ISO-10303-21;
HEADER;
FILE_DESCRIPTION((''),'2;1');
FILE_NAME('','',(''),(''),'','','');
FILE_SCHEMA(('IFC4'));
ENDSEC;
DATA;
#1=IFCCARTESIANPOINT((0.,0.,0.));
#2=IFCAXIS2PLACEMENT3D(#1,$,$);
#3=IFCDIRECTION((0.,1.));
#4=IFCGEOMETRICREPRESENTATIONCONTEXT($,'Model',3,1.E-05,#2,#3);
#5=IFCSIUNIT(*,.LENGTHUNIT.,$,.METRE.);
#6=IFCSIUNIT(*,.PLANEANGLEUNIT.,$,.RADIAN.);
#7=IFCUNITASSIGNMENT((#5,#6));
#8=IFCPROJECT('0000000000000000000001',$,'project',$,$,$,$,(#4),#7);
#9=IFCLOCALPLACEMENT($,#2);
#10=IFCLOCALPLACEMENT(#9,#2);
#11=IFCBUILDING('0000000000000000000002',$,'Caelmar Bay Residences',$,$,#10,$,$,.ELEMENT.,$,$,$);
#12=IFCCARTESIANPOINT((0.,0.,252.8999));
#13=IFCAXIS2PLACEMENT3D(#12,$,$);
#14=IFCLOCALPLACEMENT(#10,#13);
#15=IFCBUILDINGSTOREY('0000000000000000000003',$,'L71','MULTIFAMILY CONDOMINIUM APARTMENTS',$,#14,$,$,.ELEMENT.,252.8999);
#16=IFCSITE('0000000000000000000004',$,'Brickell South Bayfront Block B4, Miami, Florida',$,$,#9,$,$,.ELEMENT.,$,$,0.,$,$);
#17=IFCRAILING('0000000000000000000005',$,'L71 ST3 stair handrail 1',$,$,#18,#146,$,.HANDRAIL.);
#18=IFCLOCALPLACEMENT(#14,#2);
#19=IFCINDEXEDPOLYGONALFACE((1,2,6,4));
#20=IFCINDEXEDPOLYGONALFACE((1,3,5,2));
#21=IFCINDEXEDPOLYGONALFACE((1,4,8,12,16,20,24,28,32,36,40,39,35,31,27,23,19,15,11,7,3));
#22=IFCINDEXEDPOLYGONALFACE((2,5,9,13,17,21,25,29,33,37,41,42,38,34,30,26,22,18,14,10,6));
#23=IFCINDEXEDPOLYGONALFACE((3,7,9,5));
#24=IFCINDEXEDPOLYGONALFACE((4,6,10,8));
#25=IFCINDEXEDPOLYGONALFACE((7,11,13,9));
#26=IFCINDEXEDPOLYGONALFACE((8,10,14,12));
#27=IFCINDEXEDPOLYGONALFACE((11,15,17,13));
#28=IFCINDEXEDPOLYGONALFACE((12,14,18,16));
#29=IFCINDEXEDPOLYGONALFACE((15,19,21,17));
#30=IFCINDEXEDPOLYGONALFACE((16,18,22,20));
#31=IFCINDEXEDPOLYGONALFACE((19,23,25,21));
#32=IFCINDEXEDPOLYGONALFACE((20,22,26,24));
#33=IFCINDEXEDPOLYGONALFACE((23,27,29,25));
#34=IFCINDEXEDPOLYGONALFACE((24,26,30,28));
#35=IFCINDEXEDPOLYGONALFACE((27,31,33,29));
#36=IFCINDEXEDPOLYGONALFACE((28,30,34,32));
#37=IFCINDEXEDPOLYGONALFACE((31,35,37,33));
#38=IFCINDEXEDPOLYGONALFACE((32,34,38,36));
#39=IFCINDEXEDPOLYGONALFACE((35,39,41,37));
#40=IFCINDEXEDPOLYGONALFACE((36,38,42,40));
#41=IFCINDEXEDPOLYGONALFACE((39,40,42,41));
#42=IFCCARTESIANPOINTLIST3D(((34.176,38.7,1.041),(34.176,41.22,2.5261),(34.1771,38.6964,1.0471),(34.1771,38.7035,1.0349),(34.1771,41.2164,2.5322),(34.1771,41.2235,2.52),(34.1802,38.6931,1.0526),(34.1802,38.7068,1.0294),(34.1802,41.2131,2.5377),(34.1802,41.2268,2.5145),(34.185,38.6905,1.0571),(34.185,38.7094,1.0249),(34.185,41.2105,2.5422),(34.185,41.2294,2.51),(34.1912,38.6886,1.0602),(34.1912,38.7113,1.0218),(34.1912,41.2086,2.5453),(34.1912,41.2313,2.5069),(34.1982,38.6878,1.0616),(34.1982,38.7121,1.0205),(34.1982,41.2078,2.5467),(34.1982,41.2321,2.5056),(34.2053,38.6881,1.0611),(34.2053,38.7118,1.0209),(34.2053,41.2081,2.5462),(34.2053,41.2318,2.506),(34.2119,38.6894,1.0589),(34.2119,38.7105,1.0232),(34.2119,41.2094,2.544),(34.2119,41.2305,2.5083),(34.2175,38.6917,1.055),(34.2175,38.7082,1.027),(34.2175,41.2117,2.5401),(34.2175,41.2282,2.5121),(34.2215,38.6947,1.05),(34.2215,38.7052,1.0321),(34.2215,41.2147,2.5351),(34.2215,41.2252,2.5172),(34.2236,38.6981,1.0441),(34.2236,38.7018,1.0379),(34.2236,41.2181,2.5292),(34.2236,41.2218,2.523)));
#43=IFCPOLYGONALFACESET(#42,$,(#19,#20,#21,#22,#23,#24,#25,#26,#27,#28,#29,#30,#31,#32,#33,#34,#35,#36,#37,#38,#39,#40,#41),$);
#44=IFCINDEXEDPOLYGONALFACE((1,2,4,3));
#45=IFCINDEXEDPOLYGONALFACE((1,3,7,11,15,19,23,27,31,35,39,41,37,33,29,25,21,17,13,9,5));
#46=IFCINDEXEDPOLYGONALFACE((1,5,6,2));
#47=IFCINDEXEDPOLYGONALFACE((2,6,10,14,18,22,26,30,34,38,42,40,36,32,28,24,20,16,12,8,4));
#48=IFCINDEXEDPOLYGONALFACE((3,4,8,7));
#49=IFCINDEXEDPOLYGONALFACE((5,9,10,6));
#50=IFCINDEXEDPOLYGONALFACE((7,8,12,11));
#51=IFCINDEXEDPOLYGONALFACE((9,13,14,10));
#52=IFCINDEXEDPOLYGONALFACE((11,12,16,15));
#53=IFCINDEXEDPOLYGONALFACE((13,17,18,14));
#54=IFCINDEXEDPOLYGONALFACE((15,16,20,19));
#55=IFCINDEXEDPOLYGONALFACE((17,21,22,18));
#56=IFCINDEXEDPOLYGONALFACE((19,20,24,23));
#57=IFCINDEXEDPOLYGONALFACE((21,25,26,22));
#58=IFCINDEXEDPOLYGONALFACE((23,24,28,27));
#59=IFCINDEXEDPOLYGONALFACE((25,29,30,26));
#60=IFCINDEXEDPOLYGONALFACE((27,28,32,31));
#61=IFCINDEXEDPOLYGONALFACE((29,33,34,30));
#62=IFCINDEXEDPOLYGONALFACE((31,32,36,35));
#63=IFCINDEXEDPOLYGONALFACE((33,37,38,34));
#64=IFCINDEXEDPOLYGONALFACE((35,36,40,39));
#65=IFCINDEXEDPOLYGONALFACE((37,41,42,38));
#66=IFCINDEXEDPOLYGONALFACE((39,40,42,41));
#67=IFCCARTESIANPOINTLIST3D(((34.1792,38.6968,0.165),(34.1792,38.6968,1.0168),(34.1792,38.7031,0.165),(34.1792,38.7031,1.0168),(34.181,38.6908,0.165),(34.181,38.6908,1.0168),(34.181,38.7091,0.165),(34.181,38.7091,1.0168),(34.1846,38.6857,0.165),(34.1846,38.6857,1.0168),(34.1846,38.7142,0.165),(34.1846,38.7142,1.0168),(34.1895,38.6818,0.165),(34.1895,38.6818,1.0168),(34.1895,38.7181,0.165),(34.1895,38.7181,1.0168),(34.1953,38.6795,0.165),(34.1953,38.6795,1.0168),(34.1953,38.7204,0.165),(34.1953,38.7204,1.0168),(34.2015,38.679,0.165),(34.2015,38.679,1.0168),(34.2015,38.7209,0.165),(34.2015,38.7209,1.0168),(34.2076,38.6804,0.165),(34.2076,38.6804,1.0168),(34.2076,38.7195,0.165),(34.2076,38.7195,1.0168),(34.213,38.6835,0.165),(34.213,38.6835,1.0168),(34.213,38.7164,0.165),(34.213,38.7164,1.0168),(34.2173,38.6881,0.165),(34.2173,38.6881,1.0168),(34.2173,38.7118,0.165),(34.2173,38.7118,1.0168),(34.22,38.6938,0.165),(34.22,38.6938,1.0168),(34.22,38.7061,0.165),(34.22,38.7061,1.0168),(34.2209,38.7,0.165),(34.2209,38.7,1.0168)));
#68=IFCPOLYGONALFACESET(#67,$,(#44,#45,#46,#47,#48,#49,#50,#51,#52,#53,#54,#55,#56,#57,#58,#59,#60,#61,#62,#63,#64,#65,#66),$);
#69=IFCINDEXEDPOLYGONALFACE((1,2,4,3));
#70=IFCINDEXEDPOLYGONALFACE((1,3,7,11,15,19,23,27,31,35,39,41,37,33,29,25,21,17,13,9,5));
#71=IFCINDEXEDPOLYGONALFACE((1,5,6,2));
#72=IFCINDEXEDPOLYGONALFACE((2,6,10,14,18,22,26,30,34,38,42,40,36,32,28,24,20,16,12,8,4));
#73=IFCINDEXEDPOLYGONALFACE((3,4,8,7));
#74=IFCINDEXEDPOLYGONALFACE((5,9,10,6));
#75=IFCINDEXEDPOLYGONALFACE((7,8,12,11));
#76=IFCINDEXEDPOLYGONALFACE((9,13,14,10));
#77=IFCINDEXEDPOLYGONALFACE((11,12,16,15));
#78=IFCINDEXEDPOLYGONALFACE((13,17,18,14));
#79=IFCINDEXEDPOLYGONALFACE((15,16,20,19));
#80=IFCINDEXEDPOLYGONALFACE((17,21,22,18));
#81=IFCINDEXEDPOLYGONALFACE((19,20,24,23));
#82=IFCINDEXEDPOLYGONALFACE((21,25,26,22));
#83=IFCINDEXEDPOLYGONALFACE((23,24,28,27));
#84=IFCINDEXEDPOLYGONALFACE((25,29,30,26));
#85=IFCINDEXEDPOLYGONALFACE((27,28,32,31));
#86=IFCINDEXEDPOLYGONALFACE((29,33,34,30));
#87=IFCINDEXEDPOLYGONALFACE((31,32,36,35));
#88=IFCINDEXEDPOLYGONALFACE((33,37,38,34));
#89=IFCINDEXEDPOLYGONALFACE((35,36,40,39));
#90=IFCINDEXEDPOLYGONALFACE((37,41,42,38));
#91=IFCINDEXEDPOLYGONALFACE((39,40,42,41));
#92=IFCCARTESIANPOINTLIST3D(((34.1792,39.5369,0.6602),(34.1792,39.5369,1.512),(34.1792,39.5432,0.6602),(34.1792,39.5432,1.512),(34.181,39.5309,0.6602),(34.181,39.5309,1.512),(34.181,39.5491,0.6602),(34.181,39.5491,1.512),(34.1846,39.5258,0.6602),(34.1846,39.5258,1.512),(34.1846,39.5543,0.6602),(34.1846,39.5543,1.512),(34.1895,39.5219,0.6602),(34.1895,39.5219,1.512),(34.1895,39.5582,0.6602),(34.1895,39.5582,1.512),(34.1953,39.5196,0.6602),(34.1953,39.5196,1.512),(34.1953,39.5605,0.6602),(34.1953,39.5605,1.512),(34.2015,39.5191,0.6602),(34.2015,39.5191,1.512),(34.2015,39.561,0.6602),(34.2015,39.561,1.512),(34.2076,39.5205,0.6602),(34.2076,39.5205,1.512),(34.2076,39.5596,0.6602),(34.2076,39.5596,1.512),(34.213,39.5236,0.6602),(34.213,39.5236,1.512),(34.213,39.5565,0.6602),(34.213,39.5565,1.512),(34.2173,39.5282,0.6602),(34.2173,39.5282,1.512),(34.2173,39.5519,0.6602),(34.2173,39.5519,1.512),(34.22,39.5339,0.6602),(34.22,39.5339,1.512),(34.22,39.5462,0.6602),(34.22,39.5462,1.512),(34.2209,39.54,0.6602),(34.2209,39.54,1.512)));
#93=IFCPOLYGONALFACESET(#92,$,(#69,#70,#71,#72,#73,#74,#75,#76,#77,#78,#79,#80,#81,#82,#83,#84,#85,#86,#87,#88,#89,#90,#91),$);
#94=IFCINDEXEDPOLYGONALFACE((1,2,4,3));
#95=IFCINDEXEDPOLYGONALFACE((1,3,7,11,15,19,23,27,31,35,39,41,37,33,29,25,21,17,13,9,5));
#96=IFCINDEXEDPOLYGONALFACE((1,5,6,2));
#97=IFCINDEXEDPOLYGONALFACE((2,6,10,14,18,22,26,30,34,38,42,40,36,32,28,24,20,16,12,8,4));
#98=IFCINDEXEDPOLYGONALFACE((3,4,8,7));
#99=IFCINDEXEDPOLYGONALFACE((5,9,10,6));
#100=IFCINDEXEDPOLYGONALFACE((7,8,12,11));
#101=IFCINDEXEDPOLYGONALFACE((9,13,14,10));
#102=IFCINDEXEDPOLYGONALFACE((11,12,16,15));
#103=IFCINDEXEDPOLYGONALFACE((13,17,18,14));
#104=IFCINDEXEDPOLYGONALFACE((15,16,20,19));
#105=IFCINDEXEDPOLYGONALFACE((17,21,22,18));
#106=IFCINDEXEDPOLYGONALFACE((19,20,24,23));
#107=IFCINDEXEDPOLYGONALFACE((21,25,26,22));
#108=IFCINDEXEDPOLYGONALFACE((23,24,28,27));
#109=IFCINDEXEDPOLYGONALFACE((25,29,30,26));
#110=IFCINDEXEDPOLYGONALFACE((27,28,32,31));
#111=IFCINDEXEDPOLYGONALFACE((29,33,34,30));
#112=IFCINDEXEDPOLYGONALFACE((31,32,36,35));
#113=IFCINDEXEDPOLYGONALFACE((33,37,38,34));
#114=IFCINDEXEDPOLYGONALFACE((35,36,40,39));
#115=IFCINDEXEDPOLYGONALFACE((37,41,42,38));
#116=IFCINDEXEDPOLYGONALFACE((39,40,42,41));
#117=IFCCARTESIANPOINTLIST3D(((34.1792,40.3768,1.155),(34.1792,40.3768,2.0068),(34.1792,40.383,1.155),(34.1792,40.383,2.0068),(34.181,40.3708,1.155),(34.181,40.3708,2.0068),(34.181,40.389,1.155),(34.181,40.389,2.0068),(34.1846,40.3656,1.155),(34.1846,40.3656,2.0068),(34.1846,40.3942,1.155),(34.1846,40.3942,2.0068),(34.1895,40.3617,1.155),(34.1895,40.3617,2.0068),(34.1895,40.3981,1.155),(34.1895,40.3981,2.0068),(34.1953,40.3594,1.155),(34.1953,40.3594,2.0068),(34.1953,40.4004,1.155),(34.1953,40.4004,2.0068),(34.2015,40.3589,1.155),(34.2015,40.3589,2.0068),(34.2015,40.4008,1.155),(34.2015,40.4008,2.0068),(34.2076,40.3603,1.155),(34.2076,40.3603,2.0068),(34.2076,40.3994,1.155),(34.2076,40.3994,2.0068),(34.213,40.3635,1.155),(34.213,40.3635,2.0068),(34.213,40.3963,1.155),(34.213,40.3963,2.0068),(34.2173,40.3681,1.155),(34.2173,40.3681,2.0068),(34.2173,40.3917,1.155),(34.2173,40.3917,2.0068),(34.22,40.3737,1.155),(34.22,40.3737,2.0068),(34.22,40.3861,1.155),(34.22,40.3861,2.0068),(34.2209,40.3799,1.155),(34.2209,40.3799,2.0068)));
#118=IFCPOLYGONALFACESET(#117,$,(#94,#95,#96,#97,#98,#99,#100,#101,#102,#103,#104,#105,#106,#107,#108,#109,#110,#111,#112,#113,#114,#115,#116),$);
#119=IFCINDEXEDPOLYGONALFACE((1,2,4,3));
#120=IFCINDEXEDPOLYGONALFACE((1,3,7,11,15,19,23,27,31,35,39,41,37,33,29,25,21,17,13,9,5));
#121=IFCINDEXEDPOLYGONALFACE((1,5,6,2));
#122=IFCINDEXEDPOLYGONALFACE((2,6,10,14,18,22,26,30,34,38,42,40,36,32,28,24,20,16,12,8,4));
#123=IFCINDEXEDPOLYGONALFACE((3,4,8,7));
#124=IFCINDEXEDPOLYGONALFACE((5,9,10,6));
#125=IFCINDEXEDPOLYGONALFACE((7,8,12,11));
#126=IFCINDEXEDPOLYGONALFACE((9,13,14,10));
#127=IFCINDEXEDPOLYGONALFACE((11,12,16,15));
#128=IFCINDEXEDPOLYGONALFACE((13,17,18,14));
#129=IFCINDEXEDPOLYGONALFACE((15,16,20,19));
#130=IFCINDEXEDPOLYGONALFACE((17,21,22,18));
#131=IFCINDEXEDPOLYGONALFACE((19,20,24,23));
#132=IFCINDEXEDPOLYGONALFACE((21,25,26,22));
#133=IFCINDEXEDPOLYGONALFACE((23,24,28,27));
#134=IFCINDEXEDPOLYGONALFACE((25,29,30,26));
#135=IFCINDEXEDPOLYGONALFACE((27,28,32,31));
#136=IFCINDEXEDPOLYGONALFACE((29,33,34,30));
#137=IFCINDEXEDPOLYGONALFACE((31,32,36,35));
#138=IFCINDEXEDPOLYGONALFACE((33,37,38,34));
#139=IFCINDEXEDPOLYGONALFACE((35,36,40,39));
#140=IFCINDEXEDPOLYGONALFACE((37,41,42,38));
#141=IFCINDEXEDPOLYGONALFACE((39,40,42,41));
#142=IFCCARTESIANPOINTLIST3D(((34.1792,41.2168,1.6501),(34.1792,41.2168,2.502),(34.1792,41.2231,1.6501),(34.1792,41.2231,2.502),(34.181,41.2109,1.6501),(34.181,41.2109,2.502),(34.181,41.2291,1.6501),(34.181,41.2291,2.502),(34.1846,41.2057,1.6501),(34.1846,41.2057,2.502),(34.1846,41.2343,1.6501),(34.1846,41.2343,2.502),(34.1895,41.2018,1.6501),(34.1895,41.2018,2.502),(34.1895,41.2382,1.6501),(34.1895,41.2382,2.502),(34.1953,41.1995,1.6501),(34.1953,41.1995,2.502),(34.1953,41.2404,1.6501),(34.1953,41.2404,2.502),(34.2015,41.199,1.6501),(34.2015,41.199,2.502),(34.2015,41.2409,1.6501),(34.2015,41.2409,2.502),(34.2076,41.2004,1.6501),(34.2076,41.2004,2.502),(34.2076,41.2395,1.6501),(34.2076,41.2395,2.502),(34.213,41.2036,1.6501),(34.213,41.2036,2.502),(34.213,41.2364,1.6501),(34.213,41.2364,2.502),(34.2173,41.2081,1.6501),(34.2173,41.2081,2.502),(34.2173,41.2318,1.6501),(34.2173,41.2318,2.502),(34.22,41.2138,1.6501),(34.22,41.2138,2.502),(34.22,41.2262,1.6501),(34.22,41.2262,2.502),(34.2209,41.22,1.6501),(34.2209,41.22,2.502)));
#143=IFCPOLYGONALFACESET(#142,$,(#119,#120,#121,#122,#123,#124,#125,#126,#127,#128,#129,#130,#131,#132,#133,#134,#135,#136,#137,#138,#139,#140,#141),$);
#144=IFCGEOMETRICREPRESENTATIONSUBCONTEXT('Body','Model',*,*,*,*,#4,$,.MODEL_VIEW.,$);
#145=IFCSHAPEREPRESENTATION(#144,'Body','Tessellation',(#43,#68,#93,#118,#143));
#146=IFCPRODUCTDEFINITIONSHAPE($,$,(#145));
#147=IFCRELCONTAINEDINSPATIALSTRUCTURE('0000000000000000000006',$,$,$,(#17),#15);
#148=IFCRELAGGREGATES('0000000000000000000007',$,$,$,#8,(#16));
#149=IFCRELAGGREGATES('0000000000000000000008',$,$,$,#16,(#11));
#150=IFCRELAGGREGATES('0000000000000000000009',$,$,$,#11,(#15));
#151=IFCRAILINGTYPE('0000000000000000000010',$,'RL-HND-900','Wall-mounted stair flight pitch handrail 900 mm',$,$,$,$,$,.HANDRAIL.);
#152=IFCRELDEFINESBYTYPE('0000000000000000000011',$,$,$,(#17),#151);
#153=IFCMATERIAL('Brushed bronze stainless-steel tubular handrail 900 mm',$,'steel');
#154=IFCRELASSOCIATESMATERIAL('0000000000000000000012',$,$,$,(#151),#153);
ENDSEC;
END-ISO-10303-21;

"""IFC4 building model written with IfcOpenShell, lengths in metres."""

from ifc_helpers import new_model, si_unit, direction, frame, origin, origin_2d, place, context, subcontext, project, spatial, circle, extrude, material, type_object, element, save


model = new_model("IFC4")

# Units and contexts
model_context = context("Model", 3, precision=1e-05, world=origin(), true_north=direction((0.0, 1.0)))
body_context = subcontext(model_context, "Body", "Model", "MODEL_VIEW")
ifc_project = project(units=[si_unit("LENGTHUNIT", "METRE"), si_unit("PLANEANGLEUNIT", "RADIAN")], contexts=[model_context])

# Site, building, storey
site_placement = place(None, origin())
site = spatial("IfcSite", under=ifc_project, at=site_placement, Name="Brickell South Bayfront Block B4, Miami, Florida", CompositionType="ELEMENT", RefElevation=0.0)
building_placement = place(site_placement, origin())
building = spatial("IfcBuilding", under=site, at=building_placement, Name="Caelmar Bay Residences", CompositionType="ELEMENT")
storey_placement = place(building_placement, frame((0.0, 0.0, 252.8999)))
storey = spatial("IfcBuildingStorey", under=building, at=storey_placement, Name="L71", Description="MULTIFAMILY CONDOMINIUM APARTMENTS", CompositionType="ELEMENT", Elevation=252.8999)

# Railing
ifc_material_1 = material(Name="Brushed bronze stainless-steel tubular handrail 900 mm", Category="steel")
railing_type_1 = type_object("IfcRailingType", Name="RL-HND-900", Description="Wall-mounted stair flight pitch handrail 900 mm", PredefinedType="HANDRAIL", material=ifc_material_1)
railing_1_placement = place(storey_placement, frame((34.2, 38.7, 0.165)))
element("IfcRailing", 1, at=railing_1_placement, inside=storey, type_object=railing_type_1, Name="L71 ST3 stair handrail 1", PredefinedType="HANDRAIL", context=body_context, shape_type="SweptSolid", body=[
    extrude(circle(Radius=0.0239, at=origin_2d()), frame((0.0, 0.0, 0.876), z_axis=(0.0, 0.861524, 0.507717), x_axis=(-1.0, 0.0, 0.0)), (0.0, 0.0, 1.0), 2.925),
    extrude(circle(Radius=0.021, at=origin_2d()), origin(), (0.0, 0.0, 1.0), 0.8518),
    extrude(circle(Radius=0.021, at=origin_2d()), frame((0.0, 0.8401, 0.4951)), (0.0, 0.0, 1.0), 0.8518),
    extrude(circle(Radius=0.021, at=origin_2d()), frame((0.0, 1.6799, 0.99)), (0.0, 0.0, 1.0), 0.8518),
    extrude(circle(Radius=0.021, at=origin_2d()), frame((0.0, 2.52, 1.4851)), (0.0, 0.0, 1.0), 0.8518),
])

save(model, "model.ifc")
